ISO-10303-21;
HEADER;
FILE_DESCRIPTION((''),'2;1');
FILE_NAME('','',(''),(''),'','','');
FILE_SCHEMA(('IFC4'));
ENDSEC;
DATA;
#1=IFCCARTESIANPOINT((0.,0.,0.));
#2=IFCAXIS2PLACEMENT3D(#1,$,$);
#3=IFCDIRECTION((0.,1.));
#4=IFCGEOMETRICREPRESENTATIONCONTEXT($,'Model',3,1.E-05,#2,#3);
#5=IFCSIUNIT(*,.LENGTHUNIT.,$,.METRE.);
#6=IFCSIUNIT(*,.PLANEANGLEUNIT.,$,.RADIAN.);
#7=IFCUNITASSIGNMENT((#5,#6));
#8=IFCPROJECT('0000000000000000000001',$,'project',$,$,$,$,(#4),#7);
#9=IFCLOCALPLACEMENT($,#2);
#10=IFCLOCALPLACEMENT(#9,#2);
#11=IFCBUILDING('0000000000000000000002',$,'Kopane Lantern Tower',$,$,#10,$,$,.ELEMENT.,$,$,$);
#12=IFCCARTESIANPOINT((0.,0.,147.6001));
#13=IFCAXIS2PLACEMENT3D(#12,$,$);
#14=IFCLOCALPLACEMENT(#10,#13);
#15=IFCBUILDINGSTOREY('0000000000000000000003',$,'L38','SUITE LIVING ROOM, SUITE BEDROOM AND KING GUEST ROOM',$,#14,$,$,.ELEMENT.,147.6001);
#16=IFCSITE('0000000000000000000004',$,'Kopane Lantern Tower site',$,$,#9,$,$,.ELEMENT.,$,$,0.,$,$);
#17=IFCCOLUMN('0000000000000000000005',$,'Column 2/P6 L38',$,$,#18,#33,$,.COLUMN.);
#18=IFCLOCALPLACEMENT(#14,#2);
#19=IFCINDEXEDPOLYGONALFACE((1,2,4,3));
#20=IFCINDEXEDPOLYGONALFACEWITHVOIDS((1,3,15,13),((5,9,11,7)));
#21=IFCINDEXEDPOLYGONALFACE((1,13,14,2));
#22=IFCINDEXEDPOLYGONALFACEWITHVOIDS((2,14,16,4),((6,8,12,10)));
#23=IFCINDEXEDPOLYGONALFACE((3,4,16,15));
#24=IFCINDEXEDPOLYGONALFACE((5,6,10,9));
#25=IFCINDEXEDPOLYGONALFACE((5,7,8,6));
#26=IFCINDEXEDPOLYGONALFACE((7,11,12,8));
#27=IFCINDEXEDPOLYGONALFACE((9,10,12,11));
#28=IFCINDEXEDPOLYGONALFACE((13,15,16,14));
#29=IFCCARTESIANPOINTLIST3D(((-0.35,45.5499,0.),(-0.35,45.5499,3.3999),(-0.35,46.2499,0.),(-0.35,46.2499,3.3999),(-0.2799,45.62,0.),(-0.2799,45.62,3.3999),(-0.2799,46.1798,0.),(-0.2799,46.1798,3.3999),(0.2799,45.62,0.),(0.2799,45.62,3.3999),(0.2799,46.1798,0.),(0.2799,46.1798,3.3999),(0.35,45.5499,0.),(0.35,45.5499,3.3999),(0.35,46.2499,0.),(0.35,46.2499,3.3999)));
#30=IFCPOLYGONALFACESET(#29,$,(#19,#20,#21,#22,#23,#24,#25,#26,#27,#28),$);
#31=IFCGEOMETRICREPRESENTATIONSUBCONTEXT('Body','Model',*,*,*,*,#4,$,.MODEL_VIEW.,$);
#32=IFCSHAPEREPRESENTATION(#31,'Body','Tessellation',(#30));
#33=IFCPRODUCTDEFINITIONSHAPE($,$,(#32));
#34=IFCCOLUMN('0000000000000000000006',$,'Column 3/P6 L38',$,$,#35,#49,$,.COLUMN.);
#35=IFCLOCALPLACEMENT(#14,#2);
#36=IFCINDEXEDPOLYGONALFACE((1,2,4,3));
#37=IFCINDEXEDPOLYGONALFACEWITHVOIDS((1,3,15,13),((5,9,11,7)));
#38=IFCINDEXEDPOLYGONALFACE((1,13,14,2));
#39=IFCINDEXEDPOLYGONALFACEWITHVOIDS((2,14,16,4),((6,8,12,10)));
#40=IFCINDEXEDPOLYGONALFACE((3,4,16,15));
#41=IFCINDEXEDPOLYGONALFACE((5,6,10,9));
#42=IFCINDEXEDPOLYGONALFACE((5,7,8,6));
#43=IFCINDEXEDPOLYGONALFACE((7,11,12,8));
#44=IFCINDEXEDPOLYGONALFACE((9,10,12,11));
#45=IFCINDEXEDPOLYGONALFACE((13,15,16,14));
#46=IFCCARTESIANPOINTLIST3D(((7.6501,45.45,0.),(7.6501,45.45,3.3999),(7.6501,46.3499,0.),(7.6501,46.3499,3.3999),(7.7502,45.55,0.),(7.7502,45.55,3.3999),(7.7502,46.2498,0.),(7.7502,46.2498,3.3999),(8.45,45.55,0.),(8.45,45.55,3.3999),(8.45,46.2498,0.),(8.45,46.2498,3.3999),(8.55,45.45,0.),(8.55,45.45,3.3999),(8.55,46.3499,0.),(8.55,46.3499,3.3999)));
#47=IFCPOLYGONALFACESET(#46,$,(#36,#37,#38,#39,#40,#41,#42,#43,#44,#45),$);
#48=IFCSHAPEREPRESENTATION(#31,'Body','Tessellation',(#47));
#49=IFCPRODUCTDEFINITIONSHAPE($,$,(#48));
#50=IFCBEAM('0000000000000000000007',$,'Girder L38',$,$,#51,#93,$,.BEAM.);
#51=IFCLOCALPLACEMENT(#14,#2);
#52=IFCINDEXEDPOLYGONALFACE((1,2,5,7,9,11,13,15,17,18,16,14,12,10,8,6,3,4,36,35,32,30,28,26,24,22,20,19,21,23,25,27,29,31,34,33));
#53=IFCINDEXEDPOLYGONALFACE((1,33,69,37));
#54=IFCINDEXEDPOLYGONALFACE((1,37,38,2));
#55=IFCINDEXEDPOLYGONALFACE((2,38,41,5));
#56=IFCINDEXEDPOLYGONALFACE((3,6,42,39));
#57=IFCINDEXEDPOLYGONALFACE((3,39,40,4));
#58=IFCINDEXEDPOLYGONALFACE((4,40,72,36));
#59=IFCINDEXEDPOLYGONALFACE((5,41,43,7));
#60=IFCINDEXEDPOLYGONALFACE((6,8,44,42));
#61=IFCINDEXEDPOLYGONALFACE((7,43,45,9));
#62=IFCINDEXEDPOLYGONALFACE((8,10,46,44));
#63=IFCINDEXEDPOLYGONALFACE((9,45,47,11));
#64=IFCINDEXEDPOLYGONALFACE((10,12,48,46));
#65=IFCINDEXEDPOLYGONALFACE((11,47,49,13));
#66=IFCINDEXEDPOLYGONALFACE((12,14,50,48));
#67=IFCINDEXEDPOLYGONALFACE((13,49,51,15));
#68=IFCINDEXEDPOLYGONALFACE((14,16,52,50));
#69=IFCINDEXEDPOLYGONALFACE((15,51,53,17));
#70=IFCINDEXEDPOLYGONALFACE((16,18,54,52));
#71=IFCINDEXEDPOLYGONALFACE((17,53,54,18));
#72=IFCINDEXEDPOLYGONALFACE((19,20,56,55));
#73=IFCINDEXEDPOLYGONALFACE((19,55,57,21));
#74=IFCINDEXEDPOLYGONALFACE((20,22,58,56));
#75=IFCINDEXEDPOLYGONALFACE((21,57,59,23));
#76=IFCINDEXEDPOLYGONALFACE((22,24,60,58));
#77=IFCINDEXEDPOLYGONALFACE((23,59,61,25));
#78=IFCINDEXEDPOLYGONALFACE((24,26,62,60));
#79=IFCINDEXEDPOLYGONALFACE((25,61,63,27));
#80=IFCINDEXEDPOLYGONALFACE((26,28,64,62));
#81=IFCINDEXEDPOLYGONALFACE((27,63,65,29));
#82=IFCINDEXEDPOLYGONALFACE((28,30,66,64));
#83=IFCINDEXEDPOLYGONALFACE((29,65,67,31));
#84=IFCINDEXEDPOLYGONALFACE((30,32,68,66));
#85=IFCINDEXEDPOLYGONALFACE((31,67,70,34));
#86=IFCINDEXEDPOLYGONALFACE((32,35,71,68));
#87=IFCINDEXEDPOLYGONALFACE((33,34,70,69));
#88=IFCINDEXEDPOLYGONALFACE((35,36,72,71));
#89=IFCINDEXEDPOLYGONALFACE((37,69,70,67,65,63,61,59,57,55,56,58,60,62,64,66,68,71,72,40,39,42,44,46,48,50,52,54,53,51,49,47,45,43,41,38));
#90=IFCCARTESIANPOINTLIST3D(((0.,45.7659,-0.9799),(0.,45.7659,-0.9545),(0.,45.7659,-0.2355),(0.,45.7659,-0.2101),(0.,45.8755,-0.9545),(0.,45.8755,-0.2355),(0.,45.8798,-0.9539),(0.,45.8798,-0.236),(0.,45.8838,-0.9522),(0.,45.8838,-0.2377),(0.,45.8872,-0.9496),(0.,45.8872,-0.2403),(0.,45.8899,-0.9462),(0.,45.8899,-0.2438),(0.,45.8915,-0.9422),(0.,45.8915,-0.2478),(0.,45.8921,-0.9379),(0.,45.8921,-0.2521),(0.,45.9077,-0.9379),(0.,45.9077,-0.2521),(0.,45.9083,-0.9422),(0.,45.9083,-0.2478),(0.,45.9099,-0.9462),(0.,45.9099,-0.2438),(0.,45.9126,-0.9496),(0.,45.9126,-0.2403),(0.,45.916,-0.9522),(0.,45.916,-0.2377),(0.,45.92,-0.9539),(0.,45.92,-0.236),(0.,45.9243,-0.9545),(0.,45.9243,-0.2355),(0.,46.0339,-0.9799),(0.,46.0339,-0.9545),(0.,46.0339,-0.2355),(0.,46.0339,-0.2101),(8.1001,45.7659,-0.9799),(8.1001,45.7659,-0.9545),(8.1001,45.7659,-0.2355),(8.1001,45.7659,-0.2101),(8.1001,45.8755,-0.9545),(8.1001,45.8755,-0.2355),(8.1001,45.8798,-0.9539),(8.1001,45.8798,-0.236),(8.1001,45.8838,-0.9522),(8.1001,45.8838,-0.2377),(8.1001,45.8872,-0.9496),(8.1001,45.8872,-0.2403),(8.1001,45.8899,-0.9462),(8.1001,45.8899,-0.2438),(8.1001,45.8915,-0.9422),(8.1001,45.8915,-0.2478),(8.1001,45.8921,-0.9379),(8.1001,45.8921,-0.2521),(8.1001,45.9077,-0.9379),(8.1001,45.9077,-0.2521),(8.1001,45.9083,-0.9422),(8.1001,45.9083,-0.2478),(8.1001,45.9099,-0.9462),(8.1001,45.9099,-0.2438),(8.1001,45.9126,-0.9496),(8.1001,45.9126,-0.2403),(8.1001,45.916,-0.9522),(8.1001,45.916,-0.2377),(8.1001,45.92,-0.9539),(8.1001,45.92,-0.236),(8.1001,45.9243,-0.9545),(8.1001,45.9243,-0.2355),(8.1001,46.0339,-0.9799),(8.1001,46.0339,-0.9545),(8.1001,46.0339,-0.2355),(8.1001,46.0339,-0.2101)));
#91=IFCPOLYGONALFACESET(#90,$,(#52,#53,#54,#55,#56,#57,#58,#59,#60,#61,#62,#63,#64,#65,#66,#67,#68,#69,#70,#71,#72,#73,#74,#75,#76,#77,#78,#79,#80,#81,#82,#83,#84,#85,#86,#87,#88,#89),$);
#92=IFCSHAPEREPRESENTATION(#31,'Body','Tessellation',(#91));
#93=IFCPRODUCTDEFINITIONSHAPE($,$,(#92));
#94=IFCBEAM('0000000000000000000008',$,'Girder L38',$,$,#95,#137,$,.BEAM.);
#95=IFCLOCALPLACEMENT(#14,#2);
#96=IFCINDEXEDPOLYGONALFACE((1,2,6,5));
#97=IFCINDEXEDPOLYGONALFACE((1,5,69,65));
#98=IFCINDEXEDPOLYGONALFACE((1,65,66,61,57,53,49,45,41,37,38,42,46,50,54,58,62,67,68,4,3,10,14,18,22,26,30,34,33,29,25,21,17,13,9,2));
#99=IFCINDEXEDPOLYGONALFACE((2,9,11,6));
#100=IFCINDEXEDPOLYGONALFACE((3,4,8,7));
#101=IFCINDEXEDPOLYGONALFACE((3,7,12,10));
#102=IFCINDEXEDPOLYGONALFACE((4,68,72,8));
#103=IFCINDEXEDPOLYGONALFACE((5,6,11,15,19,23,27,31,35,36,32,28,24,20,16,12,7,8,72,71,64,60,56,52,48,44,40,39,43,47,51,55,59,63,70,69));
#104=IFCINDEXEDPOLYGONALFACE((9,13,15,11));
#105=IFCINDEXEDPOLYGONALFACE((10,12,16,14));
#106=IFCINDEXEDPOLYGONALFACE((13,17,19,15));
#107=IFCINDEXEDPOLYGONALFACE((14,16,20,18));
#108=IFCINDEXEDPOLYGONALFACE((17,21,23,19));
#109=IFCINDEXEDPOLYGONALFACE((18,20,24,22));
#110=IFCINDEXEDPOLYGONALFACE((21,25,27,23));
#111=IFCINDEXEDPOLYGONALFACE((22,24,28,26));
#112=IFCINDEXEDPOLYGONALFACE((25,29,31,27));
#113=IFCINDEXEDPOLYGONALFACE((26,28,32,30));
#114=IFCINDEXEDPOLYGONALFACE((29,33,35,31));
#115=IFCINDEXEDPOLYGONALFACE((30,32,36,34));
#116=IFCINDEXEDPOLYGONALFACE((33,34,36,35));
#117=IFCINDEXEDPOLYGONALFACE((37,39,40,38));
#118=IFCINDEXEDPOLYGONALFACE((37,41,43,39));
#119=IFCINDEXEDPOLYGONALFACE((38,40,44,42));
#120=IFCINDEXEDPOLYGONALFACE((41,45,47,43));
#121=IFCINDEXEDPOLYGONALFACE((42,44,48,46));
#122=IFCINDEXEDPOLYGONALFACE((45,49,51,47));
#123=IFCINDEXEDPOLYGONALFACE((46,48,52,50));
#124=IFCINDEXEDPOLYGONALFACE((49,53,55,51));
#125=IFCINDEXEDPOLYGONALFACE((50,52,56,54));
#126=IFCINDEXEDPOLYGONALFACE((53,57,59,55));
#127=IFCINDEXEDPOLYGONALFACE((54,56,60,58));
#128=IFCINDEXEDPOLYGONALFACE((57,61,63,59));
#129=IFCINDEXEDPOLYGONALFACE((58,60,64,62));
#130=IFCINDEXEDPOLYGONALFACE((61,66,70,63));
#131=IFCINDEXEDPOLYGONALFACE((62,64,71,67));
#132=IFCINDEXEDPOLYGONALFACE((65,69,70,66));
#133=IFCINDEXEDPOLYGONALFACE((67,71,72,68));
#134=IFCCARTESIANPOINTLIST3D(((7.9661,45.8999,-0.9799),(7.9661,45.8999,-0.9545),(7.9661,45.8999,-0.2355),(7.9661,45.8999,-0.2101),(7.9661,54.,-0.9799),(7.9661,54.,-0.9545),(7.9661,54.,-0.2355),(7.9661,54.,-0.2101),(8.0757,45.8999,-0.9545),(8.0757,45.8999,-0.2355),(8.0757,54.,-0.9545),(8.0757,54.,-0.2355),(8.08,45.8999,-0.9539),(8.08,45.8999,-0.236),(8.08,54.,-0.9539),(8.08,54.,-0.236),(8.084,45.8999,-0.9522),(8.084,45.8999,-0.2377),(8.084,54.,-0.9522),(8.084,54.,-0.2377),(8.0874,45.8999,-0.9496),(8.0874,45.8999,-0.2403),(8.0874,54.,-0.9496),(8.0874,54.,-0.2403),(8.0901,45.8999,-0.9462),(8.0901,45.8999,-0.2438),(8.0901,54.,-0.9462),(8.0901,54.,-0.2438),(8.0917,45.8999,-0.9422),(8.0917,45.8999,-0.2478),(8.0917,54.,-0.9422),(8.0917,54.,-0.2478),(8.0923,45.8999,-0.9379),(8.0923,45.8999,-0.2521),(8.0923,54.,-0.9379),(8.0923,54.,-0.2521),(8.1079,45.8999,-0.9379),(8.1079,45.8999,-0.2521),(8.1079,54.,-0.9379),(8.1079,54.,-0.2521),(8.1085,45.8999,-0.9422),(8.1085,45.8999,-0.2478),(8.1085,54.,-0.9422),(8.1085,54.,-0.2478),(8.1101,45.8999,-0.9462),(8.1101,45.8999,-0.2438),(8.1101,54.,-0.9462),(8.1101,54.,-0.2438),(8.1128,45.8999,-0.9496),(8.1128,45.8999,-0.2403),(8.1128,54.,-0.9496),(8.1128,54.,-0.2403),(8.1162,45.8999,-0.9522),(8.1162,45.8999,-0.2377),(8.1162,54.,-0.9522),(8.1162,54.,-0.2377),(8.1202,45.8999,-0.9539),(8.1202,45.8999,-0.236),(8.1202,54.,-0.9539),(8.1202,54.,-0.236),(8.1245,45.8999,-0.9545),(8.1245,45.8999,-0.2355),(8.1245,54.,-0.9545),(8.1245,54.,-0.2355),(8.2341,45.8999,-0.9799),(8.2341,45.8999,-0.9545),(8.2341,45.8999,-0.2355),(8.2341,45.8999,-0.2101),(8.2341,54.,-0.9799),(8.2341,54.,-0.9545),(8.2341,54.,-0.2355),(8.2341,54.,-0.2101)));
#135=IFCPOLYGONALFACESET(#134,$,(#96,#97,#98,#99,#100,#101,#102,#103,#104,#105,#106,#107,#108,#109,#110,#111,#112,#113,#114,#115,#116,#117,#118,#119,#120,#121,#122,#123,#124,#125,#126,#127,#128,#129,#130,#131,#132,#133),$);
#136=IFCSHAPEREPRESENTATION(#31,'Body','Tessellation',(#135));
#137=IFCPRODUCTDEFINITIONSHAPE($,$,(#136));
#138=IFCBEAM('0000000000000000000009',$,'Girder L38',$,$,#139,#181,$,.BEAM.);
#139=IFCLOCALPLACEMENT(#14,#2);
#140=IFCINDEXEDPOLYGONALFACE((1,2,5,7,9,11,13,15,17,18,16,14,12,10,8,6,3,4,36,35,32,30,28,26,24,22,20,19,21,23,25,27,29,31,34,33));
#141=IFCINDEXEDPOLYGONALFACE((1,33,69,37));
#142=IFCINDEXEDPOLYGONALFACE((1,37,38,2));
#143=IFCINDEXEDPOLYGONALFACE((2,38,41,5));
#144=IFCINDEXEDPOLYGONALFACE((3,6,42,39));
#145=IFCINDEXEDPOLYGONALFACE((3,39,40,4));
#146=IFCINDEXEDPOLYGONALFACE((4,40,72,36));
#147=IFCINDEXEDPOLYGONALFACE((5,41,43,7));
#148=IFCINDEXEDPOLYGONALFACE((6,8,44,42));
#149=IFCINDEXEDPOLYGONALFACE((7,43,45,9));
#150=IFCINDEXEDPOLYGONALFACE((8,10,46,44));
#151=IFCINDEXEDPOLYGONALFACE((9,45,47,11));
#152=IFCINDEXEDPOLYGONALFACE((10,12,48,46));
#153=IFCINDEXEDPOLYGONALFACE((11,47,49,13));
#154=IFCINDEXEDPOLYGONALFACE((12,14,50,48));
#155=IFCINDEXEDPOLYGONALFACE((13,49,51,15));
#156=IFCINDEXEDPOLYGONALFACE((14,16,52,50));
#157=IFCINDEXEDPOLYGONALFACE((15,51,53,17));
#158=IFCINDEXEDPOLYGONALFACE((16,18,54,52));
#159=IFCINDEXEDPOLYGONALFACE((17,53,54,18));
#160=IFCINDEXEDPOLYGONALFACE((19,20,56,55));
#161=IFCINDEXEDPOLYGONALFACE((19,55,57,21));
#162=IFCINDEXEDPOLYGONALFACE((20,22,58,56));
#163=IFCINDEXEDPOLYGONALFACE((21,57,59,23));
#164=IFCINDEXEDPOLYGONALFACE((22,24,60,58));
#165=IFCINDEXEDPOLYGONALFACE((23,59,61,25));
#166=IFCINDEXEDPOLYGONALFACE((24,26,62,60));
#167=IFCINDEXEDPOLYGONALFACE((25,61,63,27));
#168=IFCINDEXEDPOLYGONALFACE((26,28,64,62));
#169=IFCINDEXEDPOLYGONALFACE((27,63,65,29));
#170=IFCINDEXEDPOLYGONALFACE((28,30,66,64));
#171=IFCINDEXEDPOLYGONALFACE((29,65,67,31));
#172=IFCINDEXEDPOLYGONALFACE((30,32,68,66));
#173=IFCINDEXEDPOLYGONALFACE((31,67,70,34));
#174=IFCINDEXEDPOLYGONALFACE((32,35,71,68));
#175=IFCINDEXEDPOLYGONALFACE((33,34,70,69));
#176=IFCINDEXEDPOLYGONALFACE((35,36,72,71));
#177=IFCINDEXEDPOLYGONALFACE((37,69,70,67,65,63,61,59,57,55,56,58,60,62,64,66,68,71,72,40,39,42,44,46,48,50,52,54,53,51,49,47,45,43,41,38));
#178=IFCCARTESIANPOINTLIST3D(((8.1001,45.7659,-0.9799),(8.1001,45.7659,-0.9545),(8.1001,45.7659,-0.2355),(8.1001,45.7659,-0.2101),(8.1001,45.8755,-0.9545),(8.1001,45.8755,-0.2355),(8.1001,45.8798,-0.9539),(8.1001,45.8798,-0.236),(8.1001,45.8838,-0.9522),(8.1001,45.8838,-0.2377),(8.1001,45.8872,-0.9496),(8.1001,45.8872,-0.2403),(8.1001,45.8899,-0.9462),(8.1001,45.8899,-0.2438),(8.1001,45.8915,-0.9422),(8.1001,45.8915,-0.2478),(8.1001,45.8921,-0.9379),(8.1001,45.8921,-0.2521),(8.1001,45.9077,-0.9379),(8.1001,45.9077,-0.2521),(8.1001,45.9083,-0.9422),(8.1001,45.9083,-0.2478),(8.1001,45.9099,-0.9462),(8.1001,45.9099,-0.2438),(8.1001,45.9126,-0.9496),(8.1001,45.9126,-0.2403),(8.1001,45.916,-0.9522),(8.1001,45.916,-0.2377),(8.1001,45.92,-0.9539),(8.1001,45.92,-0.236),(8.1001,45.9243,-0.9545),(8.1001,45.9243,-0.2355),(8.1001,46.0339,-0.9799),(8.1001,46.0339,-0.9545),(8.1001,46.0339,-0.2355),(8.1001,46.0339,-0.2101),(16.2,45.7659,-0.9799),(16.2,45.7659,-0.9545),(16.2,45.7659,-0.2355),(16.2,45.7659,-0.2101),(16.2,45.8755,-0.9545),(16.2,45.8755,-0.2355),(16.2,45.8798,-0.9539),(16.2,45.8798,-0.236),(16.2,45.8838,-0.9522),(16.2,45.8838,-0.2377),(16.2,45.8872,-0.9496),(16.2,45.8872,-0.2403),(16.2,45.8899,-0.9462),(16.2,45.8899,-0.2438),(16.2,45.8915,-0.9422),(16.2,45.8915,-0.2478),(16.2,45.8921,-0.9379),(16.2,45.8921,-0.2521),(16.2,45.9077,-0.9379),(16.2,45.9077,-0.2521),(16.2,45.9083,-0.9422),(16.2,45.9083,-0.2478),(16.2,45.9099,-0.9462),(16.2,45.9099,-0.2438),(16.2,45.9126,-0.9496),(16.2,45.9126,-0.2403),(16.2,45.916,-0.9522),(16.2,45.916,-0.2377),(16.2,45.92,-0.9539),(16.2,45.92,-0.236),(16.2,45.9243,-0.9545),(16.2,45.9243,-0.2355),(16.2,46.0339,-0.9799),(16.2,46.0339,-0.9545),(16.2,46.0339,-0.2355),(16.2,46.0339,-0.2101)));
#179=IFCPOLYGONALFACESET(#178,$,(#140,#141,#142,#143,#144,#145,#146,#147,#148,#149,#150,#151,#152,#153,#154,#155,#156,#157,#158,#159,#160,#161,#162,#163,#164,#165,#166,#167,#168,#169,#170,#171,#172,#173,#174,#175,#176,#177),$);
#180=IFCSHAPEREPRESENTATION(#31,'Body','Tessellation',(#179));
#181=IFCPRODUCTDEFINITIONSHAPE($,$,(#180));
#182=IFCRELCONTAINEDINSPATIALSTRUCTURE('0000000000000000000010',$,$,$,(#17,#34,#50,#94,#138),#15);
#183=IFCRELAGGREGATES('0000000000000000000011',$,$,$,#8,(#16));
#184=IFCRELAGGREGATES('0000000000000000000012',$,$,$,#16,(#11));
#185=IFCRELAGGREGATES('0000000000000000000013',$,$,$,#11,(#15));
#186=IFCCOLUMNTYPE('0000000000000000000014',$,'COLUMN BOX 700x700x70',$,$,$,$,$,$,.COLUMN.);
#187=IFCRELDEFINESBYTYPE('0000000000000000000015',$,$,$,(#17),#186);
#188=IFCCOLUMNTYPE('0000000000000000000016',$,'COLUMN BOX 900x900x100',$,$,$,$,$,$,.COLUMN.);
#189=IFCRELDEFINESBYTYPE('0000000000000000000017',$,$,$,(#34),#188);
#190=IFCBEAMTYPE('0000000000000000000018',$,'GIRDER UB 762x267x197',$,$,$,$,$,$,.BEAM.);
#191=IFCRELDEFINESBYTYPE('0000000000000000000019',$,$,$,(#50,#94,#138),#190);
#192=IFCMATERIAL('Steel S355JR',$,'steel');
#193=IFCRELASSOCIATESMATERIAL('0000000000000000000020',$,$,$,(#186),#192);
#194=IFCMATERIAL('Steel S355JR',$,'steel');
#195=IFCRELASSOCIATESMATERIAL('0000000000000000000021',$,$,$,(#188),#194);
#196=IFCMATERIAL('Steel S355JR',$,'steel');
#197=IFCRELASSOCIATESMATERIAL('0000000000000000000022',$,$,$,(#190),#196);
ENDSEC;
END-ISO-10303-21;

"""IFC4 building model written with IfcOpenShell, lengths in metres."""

from ifc_helpers import new_model, si_unit, direction, frame, origin, origin_2d, place, context, subcontext, project, spatial, hollow_rectangle, i_section, extrude, material, material_profile, profile_set, type_object, element, save


model = new_model("IFC4")

# Units and contexts
model_context = context("Model", 3, precision=1e-05, world=origin(), true_north=direction((0.0, 1.0)))
body_context = subcontext(model_context, "Body", "Model", "MODEL_VIEW")
ifc_project = project(units=[si_unit("LENGTHUNIT", "METRE"), si_unit("PLANEANGLEUNIT", "RADIAN")], contexts=[model_context])

# Site, building, storey
site_placement = place(None, origin())
site = spatial("IfcSite", under=ifc_project, at=site_placement, Name="Kopane Lantern Tower site", CompositionType="ELEMENT", RefElevation=0.0)
building_placement = place(site_placement, origin())
building = spatial("IfcBuilding", under=site, at=building_placement, Name="Kopane Lantern Tower", CompositionType="ELEMENT")
storey_placement = place(building_placement, frame((0.0, 0.0, 147.6001)))
storey = spatial("IfcBuildingStorey", under=building, at=storey_placement, Name="L38", Description="SUITE LIVING ROOM, SUITE BEDROOM AND KING GUEST ROOM", CompositionType="ELEMENT", Elevation=147.6001)

# Columns
ifc_material_1 = material(Name="Steel S355JR", Category="steel")
ifc_material_profile_1 = material_profile(ifc_material_1, hollow_rectangle(XDim=0.7, YDim=0.7, WallThickness=0.0701, at=origin_2d()), Name="BOX 700x700x70")
ifc_profile_set_1 = profile_set([ifc_material_profile_1], Name="Steel S355JR")
column_type_1 = type_object("IfcColumnType", Name="COLUMN BOX 700x700x70", PredefinedType="COLUMN", material=ifc_profile_set_1)
column_1_placement = place(storey_placement, frame((0.0, 45.8999, 0.0), z_axis=(0.0, 0.0, 1.0), x_axis=(1.0, 0.0, 0.0)))
element("IfcColumn", 1, at=column_1_placement, inside=storey, type_object=column_type_1, Name="Column 2/P6 L38", PredefinedType="COLUMN", context=body_context, shape_type="SweptSolid", body=[
    extrude(hollow_rectangle(XDim=0.7, YDim=0.7, WallThickness=0.0701, at=origin_2d()), origin(), (0.0, 0.0, 1.0), 3.3999),
])
ifc_material_2 = material(Name="Steel S355JR", Category="steel")
ifc_material_profile_2 = material_profile(ifc_material_2, hollow_rectangle(XDim=0.8999, YDim=0.8999, WallThickness=0.1001, at=origin_2d()), Name="BOX 900x900x100")
ifc_profile_set_2 = profile_set([ifc_material_profile_2], Name="Steel S355JR")
column_type_2 = type_object("IfcColumnType", Name="COLUMN BOX 900x900x100", PredefinedType="COLUMN", material=ifc_profile_set_2)
column_2_placement = place(storey_placement, frame((8.1001, 45.8999, 0.0), z_axis=(0.0, 0.0, 1.0), x_axis=(1.0, 0.0, 0.0)))
element("IfcColumn", 2, at=column_2_placement, inside=storey, type_object=column_type_2, Name="Column 3/P6 L38", PredefinedType="COLUMN", context=body_context, shape_type="SweptSolid", body=[
    extrude(hollow_rectangle(XDim=0.8999, YDim=0.8999, WallThickness=0.1001, at=origin_2d()), origin(), (0.0, 0.0, 1.0), 3.3999),
])

# Beams
ifc_material_3 = material(Name="Steel S355JR", Category="steel")
ifc_material_profile_3 = material_profile(ifc_material_3, i_section(OverallWidth=0.2681, OverallDepth=0.7698, WebThickness=0.0156, FlangeThickness=0.0254, FilletRadius=0.0166, at=origin_2d()), Name="UB 762x267x197")
ifc_profile_set_3 = profile_set([ifc_material_profile_3], Name="Steel S355JR")
beam_type = type_object("IfcBeamType", Name="GIRDER UB 762x267x197", PredefinedType="BEAM", material=ifc_profile_set_3)
for number, where, z_axis, x_axis, name in (
    (3, (0.0, 45.8999, -0.595), (1.0, 0.0, 0.0), (0.0, 1.0, 0.0), "Girder L38"),
    (4, (8.1001, 45.8999, -0.595), (0.0, 1.0, 0.0), (-1.0, 0.0, 0.0), "Girder L38"),
):
    element("IfcBeam", number, at=place(storey_placement, frame(where, z_axis=z_axis, x_axis=x_axis)), inside=storey, type_object=beam_type, Name=name, PredefinedType="BEAM", context=body_context, shape_type="SweptSolid", body=[
        extrude(i_section(OverallWidth=0.2681, OverallDepth=0.7698, WebThickness=0.0156, FlangeThickness=0.0254, FilletRadius=0.0166, at=origin_2d()), origin(), (0.0, 0.0, 1.0), 8.1001),
    ])
beam_placement = place(storey_placement, frame((8.1001, 45.8999, -0.595), z_axis=(1.0, 0.0, 0.0), x_axis=(0.0, 1.0, 0.0)))
element("IfcBeam", 5, at=beam_placement, inside=storey, type_object=beam_type, Name="Girder L38", PredefinedType="BEAM", context=body_context, shape_type="SweptSolid", body=[
    extrude(i_section(OverallWidth=0.2681, OverallDepth=0.7698, WebThickness=0.0156, FlangeThickness=0.0254, FilletRadius=0.0166, at=origin_2d()), origin(), (0.0, 0.0, 1.0), 8.0999),
])

save(model, "model.ifc")
